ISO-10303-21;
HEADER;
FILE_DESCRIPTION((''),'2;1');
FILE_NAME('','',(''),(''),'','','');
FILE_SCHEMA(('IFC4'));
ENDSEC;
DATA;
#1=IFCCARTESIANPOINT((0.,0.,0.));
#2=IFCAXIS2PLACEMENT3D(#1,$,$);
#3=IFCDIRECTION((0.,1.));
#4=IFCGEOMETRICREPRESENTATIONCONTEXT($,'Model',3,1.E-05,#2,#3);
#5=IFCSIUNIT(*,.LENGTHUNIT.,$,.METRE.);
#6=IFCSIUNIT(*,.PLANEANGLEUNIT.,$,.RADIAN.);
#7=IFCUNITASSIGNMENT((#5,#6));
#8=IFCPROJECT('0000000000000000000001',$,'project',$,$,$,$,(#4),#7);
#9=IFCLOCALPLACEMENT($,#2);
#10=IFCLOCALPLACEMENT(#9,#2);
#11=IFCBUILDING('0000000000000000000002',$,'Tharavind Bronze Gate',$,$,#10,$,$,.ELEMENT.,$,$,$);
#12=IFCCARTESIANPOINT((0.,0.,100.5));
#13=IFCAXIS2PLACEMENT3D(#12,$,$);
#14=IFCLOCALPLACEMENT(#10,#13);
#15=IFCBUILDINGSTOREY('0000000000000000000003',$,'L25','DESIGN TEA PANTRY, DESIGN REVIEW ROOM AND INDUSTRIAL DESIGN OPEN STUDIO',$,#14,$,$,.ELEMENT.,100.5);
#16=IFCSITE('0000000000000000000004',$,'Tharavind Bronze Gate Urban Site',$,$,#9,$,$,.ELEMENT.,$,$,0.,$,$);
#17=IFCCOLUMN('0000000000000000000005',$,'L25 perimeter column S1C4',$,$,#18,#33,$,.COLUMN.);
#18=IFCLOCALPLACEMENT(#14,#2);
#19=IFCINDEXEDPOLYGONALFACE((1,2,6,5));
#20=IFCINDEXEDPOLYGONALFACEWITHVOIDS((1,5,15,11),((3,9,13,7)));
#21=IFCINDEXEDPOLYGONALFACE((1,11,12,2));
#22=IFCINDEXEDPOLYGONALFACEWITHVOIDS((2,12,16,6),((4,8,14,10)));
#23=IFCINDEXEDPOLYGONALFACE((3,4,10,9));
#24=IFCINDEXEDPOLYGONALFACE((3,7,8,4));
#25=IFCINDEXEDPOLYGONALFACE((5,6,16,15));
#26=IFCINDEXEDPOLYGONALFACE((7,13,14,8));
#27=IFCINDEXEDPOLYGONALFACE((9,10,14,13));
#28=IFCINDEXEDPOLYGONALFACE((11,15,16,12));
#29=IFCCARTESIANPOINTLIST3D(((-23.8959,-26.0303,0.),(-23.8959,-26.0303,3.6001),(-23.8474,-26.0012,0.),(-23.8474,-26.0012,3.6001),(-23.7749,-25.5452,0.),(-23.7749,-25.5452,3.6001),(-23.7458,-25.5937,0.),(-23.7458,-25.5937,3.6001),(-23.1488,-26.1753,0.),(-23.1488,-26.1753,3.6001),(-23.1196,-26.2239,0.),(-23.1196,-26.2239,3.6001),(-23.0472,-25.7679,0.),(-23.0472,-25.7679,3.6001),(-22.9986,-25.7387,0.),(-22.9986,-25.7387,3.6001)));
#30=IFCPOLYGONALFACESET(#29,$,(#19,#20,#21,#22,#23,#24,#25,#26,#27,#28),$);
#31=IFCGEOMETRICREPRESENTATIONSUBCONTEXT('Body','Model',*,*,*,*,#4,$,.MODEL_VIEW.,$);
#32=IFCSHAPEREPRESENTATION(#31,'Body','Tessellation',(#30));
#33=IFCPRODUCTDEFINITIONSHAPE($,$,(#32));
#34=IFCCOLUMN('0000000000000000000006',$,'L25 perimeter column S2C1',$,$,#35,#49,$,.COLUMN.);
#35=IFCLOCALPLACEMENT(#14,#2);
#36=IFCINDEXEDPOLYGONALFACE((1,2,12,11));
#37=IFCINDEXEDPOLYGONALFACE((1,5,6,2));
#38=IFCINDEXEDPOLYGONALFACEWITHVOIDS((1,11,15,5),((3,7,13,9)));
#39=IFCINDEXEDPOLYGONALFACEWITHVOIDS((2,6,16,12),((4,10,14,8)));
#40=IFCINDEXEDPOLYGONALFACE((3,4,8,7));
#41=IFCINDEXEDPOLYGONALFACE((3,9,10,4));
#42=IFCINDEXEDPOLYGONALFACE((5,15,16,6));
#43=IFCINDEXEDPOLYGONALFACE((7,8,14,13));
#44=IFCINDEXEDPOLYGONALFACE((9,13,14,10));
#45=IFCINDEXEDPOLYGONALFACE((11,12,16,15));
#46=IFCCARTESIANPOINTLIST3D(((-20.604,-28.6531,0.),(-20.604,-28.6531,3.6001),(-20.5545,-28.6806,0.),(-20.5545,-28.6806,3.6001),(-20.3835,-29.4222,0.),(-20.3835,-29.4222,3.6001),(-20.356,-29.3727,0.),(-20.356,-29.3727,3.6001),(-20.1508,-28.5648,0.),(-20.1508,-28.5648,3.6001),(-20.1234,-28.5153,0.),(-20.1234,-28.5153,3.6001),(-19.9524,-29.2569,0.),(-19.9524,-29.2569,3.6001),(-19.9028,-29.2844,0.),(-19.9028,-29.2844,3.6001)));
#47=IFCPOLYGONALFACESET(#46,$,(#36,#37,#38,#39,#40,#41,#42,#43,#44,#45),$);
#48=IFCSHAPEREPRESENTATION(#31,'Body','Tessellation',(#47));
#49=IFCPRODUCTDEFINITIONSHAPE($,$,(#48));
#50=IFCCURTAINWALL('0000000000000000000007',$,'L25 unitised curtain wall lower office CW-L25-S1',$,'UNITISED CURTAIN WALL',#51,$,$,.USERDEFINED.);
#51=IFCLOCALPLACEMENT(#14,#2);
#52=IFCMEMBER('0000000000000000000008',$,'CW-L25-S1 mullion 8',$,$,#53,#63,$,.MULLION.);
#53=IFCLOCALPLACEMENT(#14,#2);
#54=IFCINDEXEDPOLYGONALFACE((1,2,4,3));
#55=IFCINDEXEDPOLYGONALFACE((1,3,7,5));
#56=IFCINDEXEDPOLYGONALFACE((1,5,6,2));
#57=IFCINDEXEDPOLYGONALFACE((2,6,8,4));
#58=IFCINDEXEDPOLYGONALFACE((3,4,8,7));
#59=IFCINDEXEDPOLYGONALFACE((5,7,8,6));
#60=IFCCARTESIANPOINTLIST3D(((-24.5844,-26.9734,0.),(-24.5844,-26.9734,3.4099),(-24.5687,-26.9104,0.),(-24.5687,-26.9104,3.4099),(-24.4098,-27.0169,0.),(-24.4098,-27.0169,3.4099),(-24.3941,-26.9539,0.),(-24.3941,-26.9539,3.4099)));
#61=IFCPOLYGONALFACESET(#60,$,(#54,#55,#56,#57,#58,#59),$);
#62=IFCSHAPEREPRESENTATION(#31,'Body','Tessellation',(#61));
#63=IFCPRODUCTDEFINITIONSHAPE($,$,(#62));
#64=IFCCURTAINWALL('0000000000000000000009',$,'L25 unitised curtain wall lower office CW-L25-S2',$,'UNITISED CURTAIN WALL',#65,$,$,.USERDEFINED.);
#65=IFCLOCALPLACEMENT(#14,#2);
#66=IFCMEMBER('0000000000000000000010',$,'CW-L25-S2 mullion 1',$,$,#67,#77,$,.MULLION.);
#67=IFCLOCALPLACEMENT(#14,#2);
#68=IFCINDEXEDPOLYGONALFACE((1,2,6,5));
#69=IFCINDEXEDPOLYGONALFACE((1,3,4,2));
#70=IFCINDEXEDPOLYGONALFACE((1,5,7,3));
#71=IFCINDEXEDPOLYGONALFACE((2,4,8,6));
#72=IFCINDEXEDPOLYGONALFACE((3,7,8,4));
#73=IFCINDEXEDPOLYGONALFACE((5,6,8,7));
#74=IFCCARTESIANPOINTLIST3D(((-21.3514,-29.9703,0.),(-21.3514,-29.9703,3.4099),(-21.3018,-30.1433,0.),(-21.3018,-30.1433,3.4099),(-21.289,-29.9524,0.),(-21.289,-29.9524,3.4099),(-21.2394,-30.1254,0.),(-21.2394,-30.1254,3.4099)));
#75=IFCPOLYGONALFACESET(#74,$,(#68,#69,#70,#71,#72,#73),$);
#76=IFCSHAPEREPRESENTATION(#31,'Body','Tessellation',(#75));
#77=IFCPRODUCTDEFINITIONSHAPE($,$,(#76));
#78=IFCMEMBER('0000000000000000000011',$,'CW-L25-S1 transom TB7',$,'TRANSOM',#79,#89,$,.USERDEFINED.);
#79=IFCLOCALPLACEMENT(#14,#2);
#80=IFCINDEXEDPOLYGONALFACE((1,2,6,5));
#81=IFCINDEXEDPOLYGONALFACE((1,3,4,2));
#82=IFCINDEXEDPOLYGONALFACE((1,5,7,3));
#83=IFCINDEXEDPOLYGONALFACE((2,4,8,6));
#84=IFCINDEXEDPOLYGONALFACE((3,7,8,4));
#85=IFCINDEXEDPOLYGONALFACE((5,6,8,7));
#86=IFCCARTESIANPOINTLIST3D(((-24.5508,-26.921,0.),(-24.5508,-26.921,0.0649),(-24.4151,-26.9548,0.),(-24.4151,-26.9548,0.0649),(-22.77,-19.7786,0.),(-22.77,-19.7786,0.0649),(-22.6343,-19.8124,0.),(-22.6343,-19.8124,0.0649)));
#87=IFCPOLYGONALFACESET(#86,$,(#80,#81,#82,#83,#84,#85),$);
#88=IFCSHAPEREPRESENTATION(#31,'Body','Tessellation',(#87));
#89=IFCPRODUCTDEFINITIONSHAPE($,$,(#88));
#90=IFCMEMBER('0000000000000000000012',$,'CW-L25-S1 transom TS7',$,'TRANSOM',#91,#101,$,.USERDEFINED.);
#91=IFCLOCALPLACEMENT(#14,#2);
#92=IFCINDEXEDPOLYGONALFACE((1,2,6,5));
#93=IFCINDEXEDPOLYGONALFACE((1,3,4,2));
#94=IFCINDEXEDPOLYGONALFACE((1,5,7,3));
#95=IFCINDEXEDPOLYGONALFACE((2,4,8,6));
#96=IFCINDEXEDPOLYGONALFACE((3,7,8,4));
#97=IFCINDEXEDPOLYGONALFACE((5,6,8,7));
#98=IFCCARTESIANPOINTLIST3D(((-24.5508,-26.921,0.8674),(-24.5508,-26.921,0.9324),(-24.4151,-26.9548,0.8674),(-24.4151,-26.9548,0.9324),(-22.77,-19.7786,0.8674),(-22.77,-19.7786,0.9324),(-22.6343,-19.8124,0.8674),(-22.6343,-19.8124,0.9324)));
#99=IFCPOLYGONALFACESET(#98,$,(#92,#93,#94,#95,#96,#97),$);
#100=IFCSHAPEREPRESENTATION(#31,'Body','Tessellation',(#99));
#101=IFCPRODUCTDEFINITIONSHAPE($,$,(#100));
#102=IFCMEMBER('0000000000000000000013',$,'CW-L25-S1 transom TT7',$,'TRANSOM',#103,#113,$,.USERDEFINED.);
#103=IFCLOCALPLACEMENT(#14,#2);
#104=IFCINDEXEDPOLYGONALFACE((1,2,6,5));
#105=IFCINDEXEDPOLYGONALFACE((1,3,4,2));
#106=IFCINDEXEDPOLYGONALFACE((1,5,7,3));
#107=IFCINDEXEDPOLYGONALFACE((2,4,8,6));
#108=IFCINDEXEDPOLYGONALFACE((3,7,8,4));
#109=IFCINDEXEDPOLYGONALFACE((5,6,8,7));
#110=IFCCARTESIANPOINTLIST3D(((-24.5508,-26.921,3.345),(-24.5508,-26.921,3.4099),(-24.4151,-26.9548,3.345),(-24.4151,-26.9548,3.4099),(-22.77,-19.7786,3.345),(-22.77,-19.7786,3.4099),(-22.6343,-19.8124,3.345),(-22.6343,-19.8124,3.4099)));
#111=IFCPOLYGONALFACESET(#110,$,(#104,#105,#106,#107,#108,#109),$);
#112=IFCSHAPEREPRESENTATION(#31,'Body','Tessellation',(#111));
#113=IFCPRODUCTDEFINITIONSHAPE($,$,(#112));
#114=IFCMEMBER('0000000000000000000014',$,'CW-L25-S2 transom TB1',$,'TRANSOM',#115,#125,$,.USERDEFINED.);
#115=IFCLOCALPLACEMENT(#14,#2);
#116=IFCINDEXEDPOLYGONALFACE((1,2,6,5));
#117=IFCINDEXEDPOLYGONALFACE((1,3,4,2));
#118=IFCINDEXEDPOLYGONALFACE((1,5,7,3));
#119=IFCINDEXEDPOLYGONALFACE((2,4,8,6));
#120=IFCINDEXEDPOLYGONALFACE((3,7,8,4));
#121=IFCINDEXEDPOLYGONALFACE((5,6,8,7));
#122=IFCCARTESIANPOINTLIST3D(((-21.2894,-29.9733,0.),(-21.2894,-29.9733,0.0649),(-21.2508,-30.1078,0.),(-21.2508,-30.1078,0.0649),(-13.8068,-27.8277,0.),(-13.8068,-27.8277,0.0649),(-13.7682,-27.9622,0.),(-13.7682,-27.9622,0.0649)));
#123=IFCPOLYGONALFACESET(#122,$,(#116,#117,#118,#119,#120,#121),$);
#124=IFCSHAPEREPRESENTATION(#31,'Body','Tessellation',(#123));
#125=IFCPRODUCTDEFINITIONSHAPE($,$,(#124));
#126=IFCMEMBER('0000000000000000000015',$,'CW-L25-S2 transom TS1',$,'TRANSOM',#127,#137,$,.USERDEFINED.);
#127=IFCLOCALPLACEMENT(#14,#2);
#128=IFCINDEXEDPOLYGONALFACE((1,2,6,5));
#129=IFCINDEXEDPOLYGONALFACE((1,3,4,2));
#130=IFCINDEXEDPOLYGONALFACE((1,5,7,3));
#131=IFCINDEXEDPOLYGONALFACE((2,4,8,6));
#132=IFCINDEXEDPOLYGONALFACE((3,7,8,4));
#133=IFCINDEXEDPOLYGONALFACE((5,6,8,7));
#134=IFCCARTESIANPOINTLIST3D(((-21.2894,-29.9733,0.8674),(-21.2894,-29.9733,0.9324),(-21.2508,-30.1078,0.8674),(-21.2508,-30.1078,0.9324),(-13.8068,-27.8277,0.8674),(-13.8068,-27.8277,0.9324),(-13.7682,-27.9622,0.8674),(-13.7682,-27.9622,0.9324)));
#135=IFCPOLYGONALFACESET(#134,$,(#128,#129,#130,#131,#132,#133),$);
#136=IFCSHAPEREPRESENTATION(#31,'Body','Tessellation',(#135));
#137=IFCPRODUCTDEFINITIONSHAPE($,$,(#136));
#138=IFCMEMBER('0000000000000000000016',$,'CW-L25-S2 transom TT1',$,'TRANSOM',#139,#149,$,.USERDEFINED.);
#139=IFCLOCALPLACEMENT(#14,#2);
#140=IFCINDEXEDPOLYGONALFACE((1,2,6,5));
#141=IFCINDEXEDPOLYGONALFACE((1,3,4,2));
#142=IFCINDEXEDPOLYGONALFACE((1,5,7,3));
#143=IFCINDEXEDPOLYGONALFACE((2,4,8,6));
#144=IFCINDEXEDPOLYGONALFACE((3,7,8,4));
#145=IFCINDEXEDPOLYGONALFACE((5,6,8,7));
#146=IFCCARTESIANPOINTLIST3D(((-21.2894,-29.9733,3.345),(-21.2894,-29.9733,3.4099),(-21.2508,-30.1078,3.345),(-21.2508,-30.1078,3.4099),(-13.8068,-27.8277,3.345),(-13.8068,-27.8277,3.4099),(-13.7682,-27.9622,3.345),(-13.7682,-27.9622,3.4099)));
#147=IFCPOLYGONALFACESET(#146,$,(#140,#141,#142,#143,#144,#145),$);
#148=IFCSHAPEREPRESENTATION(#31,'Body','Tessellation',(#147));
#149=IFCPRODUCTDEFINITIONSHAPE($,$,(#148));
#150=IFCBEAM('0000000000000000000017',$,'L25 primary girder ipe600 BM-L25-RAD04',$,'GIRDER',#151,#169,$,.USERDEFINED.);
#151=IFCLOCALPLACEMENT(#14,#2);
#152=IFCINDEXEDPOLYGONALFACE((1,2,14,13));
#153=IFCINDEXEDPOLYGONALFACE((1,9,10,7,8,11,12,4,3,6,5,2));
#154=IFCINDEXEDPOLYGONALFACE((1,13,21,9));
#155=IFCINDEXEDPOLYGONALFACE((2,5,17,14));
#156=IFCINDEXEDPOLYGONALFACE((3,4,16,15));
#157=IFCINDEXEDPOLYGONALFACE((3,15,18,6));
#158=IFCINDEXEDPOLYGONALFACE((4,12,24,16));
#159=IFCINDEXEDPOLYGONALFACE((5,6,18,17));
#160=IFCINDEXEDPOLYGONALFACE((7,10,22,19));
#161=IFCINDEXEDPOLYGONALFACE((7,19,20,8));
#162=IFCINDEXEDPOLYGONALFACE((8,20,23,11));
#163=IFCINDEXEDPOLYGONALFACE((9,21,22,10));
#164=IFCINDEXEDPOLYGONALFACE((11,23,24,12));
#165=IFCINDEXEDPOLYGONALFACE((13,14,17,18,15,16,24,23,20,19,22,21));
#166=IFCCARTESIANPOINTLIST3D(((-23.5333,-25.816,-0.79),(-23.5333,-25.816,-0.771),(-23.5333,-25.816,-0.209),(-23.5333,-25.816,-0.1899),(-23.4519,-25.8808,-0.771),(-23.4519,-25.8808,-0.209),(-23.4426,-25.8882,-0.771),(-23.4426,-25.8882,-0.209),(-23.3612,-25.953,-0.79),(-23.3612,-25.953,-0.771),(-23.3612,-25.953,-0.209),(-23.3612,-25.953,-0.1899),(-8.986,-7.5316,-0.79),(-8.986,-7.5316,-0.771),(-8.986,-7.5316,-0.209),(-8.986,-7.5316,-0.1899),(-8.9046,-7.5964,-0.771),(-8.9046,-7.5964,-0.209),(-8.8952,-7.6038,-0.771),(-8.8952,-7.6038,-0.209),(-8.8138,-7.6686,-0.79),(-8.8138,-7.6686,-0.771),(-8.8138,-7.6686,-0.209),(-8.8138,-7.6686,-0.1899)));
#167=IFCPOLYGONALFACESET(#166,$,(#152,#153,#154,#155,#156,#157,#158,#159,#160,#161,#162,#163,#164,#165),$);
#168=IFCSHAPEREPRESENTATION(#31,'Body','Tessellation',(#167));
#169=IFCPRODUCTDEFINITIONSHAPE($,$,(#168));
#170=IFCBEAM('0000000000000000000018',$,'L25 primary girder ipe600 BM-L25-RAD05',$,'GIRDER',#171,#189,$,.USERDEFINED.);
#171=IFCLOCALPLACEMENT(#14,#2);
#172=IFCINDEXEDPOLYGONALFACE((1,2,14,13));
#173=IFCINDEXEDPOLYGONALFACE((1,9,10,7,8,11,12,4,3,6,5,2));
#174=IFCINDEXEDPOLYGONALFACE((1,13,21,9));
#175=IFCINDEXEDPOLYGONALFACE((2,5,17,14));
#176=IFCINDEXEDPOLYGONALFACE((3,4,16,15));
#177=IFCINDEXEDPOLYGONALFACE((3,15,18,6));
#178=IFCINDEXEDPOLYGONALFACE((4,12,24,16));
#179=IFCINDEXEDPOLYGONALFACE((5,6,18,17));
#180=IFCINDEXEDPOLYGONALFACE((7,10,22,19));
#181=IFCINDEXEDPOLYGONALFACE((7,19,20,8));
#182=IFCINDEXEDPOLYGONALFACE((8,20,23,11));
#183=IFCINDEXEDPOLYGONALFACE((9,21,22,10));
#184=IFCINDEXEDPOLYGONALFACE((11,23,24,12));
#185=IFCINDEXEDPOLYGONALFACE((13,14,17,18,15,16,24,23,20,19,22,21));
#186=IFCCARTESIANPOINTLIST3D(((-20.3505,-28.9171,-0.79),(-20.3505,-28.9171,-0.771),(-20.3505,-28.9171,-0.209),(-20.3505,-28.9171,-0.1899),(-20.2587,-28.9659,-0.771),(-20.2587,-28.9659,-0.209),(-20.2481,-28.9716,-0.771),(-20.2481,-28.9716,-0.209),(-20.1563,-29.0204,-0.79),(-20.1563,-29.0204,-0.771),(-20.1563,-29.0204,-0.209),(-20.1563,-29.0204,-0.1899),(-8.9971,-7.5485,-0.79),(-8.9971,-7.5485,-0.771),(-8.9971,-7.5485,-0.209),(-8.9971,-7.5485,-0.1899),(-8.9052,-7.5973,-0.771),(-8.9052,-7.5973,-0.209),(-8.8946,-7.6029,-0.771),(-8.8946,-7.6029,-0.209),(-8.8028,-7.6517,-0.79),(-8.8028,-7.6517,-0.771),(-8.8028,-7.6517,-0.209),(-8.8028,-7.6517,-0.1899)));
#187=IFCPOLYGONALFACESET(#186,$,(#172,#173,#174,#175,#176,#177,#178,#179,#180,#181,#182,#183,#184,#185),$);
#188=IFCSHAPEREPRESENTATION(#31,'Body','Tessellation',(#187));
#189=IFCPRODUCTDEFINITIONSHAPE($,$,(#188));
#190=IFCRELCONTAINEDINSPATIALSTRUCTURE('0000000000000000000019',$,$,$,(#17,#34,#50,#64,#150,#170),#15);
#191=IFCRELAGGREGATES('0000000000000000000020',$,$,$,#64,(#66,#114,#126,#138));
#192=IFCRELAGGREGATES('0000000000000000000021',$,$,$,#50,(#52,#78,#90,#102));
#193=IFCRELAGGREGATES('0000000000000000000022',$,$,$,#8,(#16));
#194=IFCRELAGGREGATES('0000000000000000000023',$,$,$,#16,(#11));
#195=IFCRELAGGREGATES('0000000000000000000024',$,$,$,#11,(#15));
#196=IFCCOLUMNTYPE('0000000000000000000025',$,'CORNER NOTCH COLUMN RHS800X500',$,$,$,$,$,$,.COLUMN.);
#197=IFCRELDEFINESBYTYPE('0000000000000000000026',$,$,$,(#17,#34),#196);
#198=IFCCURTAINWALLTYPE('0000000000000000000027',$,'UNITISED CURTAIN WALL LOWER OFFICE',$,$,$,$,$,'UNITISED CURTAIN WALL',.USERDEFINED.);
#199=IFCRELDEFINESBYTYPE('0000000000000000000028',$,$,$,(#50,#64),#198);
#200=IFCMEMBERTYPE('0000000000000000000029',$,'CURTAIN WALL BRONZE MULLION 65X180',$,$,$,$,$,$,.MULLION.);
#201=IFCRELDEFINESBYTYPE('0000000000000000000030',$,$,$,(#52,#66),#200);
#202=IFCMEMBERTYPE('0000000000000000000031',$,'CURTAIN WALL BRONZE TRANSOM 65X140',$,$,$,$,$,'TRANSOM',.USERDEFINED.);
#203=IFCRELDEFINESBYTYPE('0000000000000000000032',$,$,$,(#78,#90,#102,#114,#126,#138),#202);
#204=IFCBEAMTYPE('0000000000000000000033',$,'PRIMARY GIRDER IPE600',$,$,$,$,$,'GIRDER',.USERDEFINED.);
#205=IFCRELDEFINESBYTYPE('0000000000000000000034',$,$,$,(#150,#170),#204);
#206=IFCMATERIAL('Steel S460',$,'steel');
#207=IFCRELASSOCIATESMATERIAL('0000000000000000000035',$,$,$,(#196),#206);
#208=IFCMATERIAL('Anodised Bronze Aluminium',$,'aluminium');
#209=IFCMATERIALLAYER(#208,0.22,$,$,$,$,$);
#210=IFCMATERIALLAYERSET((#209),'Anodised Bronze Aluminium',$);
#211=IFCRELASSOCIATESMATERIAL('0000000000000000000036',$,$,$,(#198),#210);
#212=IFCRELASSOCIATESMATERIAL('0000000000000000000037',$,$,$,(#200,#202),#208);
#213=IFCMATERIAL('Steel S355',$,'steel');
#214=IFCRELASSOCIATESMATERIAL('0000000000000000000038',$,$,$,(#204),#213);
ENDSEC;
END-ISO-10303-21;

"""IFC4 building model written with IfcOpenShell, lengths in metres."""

from ifc_helpers import new_model, si_unit, direction, frame, origin, origin_2d, place, context, subcontext, project, spatial, rectangle, hollow_rectangle, i_section, extrude, material, layer, layer_set, material_profile, profile_set, type_object, element, aggregate, save


model = new_model("IFC4")

# Units and contexts
model_context = context("Model", 3, precision=1e-05, world=origin(), true_north=direction((0.0, 1.0)))
body_context = subcontext(model_context, "Body", "Model", "MODEL_VIEW")
ifc_project = project(units=[si_unit("LENGTHUNIT", "METRE"), si_unit("PLANEANGLEUNIT", "RADIAN")], contexts=[model_context])

# Site, building, storey
site_placement = place(None, origin())
site = spatial("IfcSite", under=ifc_project, at=site_placement, Name="Tharavind Bronze Gate Urban Site", CompositionType="ELEMENT", RefElevation=0.0)
building_placement = place(site_placement, origin())
building = spatial("IfcBuilding", under=site, at=building_placement, Name="Tharavind Bronze Gate", CompositionType="ELEMENT")
storey_placement = place(building_placement, frame((0.0, 0.0, 100.5)))
storey = spatial("IfcBuildingStorey", under=building, at=storey_placement, Name="L25", Description="DESIGN TEA PANTRY, DESIGN REVIEW ROOM AND INDUSTRIAL DESIGN OPEN STUDIO", CompositionType="ELEMENT", Elevation=100.5)

# Columns
ifc_material_1 = material(Name="Steel S460", Category="steel")
ifc_material_profile_1 = material_profile(ifc_material_1, hollow_rectangle(XDim=0.5, YDim=0.8, WallThickness=0.04, at=origin_2d()), Name="RHS800X500X40")
ifc_profile_set_1 = profile_set([ifc_material_profile_1], Name="Steel S460")
column_type = type_object("IfcColumnType", Name="CORNER NOTCH COLUMN RHS800X500", PredefinedType="COLUMN", material=ifc_profile_set_1)
for number, where, z_axis, x_axis, name in (
    (1, (-23.4473, -25.8845, 0.0), (0.0, 0.0, 1.0), (0.241922, 0.970296, 0.0), "L25 perimeter column S1C4"),
    (2, (-20.2534, -28.9688, 0.0), (0.0, 0.0, 1.0), (0.961262, 0.275637, 0.0), "L25 perimeter column S2C1"),
):
    element("IfcColumn", number, at=place(storey_placement, frame(where, z_axis=z_axis, x_axis=x_axis)), inside=storey, type_object=column_type, Name=name, PredefinedType="COLUMN", context=body_context, shape_type="SweptSolid", body=[
        extrude(hollow_rectangle(XDim=0.5, YDim=0.8, WallThickness=0.04, at=origin_2d()), origin(), (0.0, 0.0, 1.0), 3.6001),
    ])

# Curtain walls, members
ifc_material_2 = material(Name="Anodised Bronze Aluminium", Category="aluminium")
ifc_layer_1 = layer(ifc_material_2, 0.22)
ifc_layer_set_1 = layer_set([ifc_layer_1], Name="Anodised Bronze Aluminium")
curtain_wall_type = type_object("IfcCurtainWallType", Name="UNITISED CURTAIN WALL LOWER OFFICE", ElementType="UNITISED CURTAIN WALL", PredefinedType="USERDEFINED", material=ifc_layer_set_1)
curtain_wall_1_placement = place(storey_placement, origin())
curtain_wall_1 = element("IfcCurtainWall", 3, at=curtain_wall_1_placement, inside=storey, type_object=curtain_wall_type, Name="L25 unitised curtain wall lower office CW-L25-S1", ObjectType="UNITISED CURTAIN WALL", PredefinedType="USERDEFINED")
member_type_1 = type_object("IfcMemberType", Name="CURTAIN WALL BRONZE MULLION 65X180", PredefinedType="MULLION", material=ifc_material_2)
member_1_placement = place(storey_placement, frame((-24.4893, -26.9636, 0.0), z_axis=(0.0, 0.0, 1.0), x_axis=(-0.241922, -0.970296, 0.0)))
member_1 = element("IfcMember", 4, at=member_1_placement, type_object=member_type_1, Name="CW-L25-S1 mullion 8", PredefinedType="MULLION", context=body_context, shape_type="SweptSolid", body=[
    extrude(rectangle(XDim=0.0649, YDim=0.1799, at=origin_2d()), origin(), (0.0, 0.0, 1.0), 3.4099),
])
curtain_wall_2_placement = place(storey_placement, origin())
curtain_wall_2 = element("IfcCurtainWall", 5, at=curtain_wall_2_placement, inside=storey, type_object=curtain_wall_type, Name="L25 unitised curtain wall lower office CW-L25-S2", ObjectType="UNITISED CURTAIN WALL", PredefinedType="USERDEFINED")
member_2_placement = place(storey_placement, frame((-21.2954, -30.0479, 0.0), z_axis=(0.0, 0.0, 1.0), x_axis=(0.961262, 0.275637, 0.0)))
member_2 = element("IfcMember", 6, at=member_2_placement, type_object=member_type_1, Name="CW-L25-S2 mullion 1", PredefinedType="MULLION", context=body_context, shape_type="SweptSolid", body=[
    extrude(rectangle(XDim=0.0649, YDim=0.1799, at=origin_2d()), origin(), (0.0, 0.0, 1.0), 3.4099),
])

# Members
member_type_2 = type_object("IfcMemberType", Name="CURTAIN WALL BRONZE TRANSOM 65X140", ElementType="TRANSOM", PredefinedType="USERDEFINED", material=ifc_material_2)
member_3_placement = place(storey_placement, frame((-23.5925, -23.3667, 0.0), z_axis=(0.0, 0.0, 1.0), x_axis=(-0.241922, -0.970296, 0.0)))
member_3 = element("IfcMember", 7, at=member_3_placement, type_object=member_type_2, Name="CW-L25-S1 transom TB7", ObjectType="TRANSOM", PredefinedType="USERDEFINED", context=body_context, shape_type="SweptSolid", body=[
    extrude(rectangle(XDim=7.3611, YDim=0.1399, at=origin_2d()), origin(), (0.0, 0.0, 1.0), 0.0649),
])
member_4_placement = place(storey_placement, frame((-23.5925, -23.3667, 0.8674), z_axis=(0.0, 0.0, 1.0), x_axis=(-0.241922, -0.970296, 0.0)))
member_4 = element("IfcMember", 8, at=member_4_placement, type_object=member_type_2, Name="CW-L25-S1 transom TS7", ObjectType="TRANSOM", PredefinedType="USERDEFINED", context=body_context, shape_type="SweptSolid", body=[
    extrude(rectangle(XDim=7.3611, YDim=0.1399, at=origin_2d()), origin(), (0.0, 0.0, 1.0), 0.0649),
])
member_5_placement = place(storey_placement, frame((-23.5925, -23.3667, 3.345), z_axis=(0.0, 0.0, 1.0), x_axis=(-0.241922, -0.970296, 0.0)))
member_5 = element("IfcMember", 9, at=member_5_placement, type_object=member_type_2, Name="CW-L25-S1 transom TT7", ObjectType="TRANSOM", PredefinedType="USERDEFINED", context=body_context, shape_type="SweptSolid", body=[
    extrude(rectangle(XDim=7.3611, YDim=0.1399, at=origin_2d()), origin(), (0.0, 0.0, 1.0), 0.0649),
])
member_6_placement = place(storey_placement, frame((-17.5288, -28.9678, 0.0), z_axis=(0.0, 0.0, 1.0), x_axis=(0.961262, 0.275637, 0.0)))
member_6 = element("IfcMember", 10, at=member_6_placement, type_object=member_type_2, Name="CW-L25-S2 transom TB1", ObjectType="TRANSOM", PredefinedType="USERDEFINED", context=body_context, shape_type="SweptSolid", body=[
    extrude(rectangle(XDim=7.7842, YDim=0.1399, at=origin_2d()), origin(), (0.0, 0.0, 1.0), 0.0649),
])
member_7_placement = place(storey_placement, frame((-17.5288, -28.9678, 0.8674), z_axis=(0.0, 0.0, 1.0), x_axis=(0.961262, 0.275637, 0.0)))
member_7 = element("IfcMember", 11, at=member_7_placement, type_object=member_type_2, Name="CW-L25-S2 transom TS1", ObjectType="TRANSOM", PredefinedType="USERDEFINED", context=body_context, shape_type="SweptSolid", body=[
    extrude(rectangle(XDim=7.7842, YDim=0.1399, at=origin_2d()), origin(), (0.0, 0.0, 1.0), 0.0649),
])
member_8_placement = place(storey_placement, frame((-17.5288, -28.9678, 3.345), z_axis=(0.0, 0.0, 1.0), x_axis=(0.961262, 0.275637, 0.0)))
member_8 = element("IfcMember", 12, at=member_8_placement, type_object=member_type_2, Name="CW-L25-S2 transom TT1", ObjectType="TRANSOM", PredefinedType="USERDEFINED", context=body_context, shape_type="SweptSolid", body=[
    extrude(rectangle(XDim=7.7842, YDim=0.1399, at=origin_2d()), origin(), (0.0, 0.0, 1.0), 0.0649),
])
aggregate(curtain_wall_2, [member_2, member_6, member_7, member_8])

# Beams
ifc_material_3 = material(Name="Steel S355", Category="steel")
ifc_material_profile_2 = material_profile(ifc_material_3, i_section(OverallWidth=0.22, OverallDepth=0.6001, WebThickness=0.012, FlangeThickness=0.019, at=origin_2d()), Name="IPE600")
ifc_profile_set_2 = profile_set([ifc_material_profile_2], Name="Steel S355")
beam_type_1 = type_object("IfcBeamType", Name="PRIMARY GIRDER IPE600", ElementType="GIRDER", PredefinedType="USERDEFINED", material=ifc_profile_set_2)
beam_1_placement = place(storey_placement, frame((-23.4473, -25.8845, -0.49), z_axis=(0.622601, 0.78254, 0.0), x_axis=(-0.78254, 0.622601, 0.0)))
element("IfcBeam", 13, at=beam_1_placement, inside=storey, type_object=beam_type_1, Name="L25 primary girder ipe600 BM-L25-RAD04", ObjectType="GIRDER", PredefinedType="USERDEFINED", context=body_context, shape_type="SweptSolid", body=[
    extrude(i_section(OverallWidth=0.22, OverallDepth=0.6001, WebThickness=0.012, FlangeThickness=0.019, at=origin_2d()), origin(), (0.0, 0.0, 1.0), 23.3655),
])
beam_2_placement = place(storey_placement, frame((-20.2534, -28.9688, -0.49), z_axis=(0.469201, 0.883091, 0.0), x_axis=(-0.883091, 0.469201, 0.0)))
element("IfcBeam", 14, at=beam_2_placement, inside=storey, type_object=beam_type_1, Name="L25 primary girder ipe600 BM-L25-RAD05", ObjectType="GIRDER", PredefinedType="USERDEFINED", context=body_context, shape_type="SweptSolid", body=[
    extrude(i_section(OverallWidth=0.22, OverallDepth=0.6001, WebThickness=0.012, FlangeThickness=0.019, at=origin_2d()), origin(), (0.0, 0.0, 1.0), 24.1975),
])

aggregate(curtain_wall_1, [member_1, member_3, member_4, member_5])

save(model, "model.ifc")
